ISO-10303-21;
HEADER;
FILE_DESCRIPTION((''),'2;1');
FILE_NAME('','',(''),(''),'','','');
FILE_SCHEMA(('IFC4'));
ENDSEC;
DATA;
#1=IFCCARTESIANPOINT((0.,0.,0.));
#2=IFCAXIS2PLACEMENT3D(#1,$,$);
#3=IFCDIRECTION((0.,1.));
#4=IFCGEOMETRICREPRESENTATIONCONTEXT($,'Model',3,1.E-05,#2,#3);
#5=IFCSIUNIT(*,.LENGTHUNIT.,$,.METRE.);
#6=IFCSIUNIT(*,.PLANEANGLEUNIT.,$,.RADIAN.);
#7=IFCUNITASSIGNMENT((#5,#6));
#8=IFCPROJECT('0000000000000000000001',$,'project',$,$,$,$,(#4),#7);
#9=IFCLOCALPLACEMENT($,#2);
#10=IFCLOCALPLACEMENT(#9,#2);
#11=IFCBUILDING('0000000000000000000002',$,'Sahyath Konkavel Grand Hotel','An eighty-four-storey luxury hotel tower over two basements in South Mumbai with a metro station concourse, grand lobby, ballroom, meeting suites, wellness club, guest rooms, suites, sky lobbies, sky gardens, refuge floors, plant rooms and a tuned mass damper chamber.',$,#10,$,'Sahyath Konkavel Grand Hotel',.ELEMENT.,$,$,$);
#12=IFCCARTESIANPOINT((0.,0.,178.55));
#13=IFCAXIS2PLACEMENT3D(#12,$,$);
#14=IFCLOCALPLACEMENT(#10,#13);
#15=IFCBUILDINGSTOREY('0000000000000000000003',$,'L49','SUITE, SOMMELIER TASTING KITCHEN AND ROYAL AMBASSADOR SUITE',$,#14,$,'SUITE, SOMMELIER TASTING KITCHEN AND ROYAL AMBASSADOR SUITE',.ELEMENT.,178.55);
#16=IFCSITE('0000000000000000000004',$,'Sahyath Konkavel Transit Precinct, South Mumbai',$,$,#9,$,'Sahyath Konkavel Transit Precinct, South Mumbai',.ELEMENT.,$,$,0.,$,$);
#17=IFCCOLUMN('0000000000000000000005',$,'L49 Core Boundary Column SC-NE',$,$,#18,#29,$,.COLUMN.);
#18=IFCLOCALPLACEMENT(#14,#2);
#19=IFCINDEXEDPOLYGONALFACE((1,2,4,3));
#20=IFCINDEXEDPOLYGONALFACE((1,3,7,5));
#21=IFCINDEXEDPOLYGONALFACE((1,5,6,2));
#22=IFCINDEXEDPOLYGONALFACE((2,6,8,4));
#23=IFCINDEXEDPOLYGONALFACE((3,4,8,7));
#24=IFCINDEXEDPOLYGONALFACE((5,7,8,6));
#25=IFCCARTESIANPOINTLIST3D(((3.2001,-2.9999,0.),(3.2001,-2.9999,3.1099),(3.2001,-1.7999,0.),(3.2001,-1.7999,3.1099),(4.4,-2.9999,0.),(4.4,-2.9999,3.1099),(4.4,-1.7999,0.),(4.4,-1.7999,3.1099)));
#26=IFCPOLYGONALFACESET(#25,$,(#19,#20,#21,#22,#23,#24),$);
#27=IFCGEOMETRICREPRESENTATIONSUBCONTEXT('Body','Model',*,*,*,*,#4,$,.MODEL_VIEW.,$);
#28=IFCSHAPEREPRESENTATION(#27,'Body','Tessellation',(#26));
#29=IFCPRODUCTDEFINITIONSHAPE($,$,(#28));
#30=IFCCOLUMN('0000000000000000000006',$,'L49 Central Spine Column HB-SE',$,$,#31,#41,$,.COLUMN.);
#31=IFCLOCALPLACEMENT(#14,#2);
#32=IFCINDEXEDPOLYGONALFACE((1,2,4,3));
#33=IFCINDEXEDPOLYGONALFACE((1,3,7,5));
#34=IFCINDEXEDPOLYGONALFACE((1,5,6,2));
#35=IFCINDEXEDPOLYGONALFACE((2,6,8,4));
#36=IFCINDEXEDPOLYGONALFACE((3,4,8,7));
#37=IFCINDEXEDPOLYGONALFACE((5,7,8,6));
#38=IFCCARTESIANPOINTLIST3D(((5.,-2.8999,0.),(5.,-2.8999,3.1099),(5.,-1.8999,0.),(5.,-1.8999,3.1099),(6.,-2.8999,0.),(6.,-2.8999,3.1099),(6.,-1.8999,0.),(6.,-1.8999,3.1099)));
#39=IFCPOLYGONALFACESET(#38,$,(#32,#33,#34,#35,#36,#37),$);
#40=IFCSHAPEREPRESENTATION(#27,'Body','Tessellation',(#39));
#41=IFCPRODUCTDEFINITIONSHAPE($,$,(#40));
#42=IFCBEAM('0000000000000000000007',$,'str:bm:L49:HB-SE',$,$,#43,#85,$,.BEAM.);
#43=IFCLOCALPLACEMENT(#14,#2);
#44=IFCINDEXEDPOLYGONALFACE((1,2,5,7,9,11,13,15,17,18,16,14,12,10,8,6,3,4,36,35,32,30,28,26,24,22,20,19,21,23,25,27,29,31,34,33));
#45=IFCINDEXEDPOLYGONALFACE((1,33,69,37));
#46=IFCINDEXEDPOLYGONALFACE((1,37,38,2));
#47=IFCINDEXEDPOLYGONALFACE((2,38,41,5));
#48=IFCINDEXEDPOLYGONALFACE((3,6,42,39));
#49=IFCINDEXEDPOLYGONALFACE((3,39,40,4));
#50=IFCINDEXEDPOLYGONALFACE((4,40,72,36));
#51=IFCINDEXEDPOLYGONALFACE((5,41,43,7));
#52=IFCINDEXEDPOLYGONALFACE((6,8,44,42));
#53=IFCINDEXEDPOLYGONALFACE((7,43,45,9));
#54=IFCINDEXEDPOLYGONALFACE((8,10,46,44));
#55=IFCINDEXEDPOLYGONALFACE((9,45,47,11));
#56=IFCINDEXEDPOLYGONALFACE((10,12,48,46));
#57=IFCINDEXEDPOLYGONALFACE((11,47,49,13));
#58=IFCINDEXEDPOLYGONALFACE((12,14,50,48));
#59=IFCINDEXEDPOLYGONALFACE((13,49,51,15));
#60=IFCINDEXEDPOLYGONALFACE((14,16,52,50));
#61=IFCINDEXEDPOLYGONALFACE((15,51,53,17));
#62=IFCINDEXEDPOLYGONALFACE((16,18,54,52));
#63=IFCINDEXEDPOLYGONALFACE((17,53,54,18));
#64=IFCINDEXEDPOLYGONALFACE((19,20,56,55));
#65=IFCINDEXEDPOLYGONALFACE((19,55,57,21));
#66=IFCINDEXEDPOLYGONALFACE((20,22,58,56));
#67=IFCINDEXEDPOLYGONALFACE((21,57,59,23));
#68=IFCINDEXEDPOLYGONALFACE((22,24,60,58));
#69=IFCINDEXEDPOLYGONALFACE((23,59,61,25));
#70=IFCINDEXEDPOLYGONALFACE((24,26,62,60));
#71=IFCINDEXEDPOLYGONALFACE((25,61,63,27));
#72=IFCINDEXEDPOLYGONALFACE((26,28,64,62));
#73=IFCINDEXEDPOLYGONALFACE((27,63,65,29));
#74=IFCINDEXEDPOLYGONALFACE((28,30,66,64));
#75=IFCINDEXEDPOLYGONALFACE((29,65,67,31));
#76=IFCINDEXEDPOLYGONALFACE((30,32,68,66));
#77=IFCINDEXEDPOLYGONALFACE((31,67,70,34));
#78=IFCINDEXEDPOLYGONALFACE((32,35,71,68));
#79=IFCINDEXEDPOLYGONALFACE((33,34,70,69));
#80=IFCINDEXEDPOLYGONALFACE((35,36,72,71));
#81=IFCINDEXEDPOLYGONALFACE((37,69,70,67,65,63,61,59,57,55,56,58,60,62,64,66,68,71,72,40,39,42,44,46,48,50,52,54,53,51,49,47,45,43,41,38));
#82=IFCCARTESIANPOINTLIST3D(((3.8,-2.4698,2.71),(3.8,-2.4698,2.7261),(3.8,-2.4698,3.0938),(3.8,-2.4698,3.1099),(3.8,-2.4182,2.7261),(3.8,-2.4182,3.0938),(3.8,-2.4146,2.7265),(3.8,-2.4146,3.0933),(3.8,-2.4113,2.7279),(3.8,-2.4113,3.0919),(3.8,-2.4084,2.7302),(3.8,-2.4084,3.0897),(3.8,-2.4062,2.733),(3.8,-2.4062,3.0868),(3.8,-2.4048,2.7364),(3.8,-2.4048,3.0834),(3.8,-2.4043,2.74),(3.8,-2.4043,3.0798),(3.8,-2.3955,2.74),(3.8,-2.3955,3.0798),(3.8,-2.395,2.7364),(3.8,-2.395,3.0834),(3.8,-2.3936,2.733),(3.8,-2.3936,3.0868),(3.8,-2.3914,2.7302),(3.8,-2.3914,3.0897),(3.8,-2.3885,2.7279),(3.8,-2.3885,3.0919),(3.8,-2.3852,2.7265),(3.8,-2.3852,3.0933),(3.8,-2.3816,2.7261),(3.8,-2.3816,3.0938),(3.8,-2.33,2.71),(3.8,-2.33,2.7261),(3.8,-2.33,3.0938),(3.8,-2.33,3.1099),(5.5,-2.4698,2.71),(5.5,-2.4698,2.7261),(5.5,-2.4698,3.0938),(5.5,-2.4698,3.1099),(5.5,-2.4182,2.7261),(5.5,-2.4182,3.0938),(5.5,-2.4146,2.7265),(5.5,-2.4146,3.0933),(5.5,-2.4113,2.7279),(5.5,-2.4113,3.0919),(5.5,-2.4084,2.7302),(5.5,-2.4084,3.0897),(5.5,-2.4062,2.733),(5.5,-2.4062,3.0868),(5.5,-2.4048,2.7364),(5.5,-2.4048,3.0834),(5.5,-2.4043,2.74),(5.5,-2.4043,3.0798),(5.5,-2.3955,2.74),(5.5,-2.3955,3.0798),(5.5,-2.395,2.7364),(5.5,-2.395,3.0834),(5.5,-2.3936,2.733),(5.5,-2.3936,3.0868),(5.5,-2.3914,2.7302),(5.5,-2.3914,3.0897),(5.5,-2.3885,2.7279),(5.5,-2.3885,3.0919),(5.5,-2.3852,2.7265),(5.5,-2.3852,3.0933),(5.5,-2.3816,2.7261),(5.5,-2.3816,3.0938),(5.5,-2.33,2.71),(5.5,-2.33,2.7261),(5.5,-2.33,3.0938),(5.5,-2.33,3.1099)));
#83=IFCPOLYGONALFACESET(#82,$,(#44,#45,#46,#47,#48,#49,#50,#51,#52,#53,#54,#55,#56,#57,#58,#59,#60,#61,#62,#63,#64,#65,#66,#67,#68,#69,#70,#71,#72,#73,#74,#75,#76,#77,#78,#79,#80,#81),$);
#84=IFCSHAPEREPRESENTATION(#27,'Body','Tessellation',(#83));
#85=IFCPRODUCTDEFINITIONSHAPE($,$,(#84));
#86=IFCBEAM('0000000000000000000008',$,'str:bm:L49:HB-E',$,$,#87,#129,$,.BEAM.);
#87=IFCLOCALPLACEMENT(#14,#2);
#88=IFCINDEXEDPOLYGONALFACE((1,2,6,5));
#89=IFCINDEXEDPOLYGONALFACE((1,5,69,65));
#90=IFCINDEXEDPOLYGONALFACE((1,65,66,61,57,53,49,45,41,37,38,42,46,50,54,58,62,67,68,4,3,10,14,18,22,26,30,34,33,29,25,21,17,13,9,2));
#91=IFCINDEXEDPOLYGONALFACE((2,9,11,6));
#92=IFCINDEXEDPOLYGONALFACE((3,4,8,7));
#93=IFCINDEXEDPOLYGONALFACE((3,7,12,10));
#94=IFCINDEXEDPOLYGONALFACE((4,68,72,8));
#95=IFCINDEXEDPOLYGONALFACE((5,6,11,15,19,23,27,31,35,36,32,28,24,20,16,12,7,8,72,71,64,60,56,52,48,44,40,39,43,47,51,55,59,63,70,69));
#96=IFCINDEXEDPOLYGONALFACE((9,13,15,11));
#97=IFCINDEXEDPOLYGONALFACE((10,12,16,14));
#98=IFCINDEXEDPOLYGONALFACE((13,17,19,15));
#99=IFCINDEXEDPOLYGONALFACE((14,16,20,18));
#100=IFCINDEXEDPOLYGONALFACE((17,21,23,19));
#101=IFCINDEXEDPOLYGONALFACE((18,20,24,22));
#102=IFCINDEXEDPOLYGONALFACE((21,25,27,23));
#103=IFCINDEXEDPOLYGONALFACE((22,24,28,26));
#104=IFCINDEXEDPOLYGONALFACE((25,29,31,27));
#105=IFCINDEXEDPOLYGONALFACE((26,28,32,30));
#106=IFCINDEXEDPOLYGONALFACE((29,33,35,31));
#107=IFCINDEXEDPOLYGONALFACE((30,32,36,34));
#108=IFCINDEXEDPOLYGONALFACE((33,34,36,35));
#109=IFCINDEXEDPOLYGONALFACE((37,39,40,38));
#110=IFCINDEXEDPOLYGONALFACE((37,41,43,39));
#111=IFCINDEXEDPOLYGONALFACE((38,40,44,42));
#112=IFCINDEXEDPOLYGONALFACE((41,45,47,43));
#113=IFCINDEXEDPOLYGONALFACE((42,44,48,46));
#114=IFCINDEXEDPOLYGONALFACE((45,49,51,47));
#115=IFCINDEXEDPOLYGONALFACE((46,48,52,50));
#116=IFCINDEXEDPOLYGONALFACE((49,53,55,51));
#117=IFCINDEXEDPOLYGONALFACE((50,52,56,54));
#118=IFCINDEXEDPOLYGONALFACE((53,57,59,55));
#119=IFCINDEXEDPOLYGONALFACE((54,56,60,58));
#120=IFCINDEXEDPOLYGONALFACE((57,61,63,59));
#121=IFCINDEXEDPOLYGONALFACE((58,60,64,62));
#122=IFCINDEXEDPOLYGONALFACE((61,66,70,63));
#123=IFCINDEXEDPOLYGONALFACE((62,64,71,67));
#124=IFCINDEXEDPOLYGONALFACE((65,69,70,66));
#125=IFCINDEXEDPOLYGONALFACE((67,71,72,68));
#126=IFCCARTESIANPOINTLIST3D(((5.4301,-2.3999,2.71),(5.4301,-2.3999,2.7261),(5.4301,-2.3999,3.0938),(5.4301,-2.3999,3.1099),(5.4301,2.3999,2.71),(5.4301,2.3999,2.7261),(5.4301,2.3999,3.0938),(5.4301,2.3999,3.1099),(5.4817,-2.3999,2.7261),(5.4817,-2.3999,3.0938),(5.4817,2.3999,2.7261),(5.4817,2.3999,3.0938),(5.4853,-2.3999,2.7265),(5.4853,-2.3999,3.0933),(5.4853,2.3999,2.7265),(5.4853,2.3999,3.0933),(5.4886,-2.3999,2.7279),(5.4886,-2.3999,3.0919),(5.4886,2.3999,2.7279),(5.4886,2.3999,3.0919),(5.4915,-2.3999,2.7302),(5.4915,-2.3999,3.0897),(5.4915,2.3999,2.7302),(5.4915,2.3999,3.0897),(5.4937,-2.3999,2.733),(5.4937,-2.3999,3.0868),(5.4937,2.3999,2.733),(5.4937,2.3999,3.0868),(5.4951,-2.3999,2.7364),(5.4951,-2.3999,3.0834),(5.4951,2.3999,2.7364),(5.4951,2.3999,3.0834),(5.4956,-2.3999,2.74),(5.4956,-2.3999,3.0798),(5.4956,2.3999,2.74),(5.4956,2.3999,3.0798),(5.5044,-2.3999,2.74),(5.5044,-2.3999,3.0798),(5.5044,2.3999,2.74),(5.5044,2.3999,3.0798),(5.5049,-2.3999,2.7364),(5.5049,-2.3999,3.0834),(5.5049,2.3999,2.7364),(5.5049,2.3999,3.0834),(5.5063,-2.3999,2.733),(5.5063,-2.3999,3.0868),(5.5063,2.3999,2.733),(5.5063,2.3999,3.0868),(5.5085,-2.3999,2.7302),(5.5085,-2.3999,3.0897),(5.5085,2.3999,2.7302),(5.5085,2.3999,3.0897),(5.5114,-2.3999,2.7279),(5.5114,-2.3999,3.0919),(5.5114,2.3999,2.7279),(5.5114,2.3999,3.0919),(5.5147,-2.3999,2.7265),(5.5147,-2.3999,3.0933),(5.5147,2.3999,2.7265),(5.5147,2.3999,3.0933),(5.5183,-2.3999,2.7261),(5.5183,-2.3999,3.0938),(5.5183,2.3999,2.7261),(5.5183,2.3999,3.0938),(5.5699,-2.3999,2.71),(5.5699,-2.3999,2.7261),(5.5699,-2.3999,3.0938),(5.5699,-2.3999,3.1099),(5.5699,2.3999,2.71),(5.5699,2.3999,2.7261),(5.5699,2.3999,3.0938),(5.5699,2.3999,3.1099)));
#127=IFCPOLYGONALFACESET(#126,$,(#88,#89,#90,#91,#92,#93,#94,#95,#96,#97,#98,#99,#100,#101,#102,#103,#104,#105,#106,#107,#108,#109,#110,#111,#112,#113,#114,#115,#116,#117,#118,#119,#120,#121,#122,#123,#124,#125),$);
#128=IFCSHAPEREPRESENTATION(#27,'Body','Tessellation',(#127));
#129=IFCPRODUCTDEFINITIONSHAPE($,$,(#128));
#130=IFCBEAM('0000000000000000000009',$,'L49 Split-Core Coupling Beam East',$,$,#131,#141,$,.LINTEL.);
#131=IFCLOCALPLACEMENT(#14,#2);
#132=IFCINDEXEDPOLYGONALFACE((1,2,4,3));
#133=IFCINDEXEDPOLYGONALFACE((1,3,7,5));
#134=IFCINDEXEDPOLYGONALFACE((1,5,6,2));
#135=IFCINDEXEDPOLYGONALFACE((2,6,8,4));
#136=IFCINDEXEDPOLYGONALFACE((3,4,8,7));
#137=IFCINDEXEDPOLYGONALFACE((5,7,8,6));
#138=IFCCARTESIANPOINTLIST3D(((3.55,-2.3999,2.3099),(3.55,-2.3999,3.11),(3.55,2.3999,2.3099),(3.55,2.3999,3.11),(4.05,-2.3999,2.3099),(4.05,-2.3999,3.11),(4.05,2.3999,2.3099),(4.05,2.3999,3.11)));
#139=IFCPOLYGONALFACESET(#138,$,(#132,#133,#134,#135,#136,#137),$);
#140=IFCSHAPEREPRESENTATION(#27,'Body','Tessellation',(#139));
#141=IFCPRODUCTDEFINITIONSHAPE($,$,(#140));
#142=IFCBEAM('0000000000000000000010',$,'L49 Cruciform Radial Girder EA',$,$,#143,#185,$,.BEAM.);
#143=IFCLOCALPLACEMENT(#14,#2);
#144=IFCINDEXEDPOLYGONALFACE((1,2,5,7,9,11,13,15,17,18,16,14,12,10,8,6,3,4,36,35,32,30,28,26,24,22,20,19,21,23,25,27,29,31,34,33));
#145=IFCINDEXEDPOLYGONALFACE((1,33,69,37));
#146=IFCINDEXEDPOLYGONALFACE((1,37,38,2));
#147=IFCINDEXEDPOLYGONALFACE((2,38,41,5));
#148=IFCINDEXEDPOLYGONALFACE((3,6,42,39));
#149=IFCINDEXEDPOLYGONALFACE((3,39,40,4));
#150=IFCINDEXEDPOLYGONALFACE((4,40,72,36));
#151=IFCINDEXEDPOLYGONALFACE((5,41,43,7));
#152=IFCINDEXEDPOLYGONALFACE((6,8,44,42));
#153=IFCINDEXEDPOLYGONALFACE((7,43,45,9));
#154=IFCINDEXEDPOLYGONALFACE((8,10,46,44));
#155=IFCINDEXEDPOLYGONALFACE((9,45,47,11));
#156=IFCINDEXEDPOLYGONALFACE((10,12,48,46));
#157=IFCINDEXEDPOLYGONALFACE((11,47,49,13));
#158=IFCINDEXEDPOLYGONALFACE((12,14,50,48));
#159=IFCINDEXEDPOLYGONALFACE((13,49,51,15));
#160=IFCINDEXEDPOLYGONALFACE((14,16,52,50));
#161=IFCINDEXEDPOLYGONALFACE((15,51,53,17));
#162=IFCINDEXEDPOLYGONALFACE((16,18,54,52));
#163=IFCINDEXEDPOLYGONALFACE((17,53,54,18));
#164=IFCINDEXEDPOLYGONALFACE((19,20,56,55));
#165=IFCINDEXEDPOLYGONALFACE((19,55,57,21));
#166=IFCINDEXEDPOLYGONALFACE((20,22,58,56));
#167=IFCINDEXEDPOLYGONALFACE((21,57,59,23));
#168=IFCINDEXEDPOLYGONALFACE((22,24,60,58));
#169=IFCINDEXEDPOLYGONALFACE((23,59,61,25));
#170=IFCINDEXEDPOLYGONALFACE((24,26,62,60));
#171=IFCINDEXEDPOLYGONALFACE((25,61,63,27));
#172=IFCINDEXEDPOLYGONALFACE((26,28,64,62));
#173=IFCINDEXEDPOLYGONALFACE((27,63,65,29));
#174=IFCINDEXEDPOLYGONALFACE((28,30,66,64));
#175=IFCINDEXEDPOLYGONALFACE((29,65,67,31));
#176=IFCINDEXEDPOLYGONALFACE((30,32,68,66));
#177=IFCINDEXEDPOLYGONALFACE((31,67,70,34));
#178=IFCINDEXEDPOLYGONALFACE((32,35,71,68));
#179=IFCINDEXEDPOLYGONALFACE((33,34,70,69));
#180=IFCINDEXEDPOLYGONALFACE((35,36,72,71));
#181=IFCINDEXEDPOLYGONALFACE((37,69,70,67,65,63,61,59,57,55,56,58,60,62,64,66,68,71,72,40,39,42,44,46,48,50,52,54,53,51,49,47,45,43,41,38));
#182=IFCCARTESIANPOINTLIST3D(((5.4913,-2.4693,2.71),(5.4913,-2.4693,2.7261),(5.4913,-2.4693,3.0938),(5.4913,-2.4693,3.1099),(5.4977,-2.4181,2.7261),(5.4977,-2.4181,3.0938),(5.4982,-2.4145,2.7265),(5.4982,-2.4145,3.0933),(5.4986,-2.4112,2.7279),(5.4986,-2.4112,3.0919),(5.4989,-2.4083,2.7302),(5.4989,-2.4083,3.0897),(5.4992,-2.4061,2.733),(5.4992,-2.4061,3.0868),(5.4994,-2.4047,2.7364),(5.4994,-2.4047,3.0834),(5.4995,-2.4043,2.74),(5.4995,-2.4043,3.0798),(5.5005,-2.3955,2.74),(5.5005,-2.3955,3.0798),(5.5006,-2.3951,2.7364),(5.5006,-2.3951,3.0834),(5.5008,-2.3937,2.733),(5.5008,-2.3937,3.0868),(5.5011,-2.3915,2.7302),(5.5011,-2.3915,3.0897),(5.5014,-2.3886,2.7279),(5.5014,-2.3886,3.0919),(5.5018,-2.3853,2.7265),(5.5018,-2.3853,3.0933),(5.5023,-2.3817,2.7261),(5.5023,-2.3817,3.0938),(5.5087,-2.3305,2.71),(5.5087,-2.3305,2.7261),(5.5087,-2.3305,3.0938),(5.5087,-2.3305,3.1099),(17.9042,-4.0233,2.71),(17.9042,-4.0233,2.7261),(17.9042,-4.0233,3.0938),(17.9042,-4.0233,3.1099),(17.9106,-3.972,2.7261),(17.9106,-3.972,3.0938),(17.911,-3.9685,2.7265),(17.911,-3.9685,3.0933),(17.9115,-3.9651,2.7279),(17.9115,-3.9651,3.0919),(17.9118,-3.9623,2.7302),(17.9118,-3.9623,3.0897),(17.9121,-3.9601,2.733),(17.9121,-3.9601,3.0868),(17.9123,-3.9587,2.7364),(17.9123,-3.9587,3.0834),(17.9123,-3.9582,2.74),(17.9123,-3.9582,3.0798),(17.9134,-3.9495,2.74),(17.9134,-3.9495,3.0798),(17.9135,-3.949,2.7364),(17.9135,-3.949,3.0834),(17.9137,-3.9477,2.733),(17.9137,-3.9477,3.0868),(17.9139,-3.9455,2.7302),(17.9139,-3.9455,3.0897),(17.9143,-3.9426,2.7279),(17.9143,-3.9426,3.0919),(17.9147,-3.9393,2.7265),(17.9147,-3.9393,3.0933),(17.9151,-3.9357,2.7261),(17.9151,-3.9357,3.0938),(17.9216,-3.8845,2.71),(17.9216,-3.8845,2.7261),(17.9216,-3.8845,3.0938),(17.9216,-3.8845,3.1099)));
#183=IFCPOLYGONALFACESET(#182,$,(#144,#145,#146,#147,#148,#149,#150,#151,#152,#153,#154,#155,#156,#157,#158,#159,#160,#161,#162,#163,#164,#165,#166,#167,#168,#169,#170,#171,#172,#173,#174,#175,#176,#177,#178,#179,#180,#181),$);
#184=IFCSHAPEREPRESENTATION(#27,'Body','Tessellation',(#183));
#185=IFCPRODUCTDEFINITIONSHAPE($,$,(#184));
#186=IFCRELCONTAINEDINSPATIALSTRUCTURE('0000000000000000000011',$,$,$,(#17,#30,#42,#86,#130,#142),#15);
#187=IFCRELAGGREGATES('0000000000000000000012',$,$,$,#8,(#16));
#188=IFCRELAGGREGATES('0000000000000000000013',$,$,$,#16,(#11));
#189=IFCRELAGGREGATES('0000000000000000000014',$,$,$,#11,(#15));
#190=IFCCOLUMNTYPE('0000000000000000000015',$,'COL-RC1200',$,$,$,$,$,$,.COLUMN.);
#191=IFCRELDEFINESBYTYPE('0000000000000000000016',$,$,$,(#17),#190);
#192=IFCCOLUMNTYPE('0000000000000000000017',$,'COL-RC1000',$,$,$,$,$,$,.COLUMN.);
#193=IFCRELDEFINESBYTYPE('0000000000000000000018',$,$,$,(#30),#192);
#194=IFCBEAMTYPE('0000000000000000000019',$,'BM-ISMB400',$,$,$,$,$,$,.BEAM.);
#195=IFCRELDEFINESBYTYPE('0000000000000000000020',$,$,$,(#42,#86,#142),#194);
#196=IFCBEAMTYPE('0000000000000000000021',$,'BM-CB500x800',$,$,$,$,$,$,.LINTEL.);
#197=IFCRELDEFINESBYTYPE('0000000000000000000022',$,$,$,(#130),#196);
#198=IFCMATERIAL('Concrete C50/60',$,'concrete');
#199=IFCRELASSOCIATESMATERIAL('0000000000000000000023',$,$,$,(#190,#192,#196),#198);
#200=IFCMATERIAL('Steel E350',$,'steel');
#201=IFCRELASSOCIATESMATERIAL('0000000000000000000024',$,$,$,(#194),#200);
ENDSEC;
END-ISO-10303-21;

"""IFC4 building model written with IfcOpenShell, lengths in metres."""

from ifc_helpers import new_model, si_unit, direction, frame, origin, origin_2d, place, context, subcontext, project, spatial, rectangle, i_section, extrude, source, transform, mapped, material, material_profile, profile_set, type_object, element, save


model = new_model("IFC4")

# Units and contexts
model_context = context("Model", 3, precision=1e-05, world=origin(), true_north=direction((0.0, 1.0)))
body_context = subcontext(model_context, "Body", "Model", "MODEL_VIEW")
ifc_project = project(units=[si_unit("LENGTHUNIT", "METRE"), si_unit("PLANEANGLEUNIT", "RADIAN")], contexts=[model_context])

# Site, building, storey
site_placement = place(None, origin())
site = spatial("IfcSite", under=ifc_project, at=site_placement, Name="Sahyath Konkavel Transit Precinct, South Mumbai", LongName="Sahyath Konkavel Transit Precinct, South Mumbai", CompositionType="ELEMENT", RefElevation=0.0)
building_placement = place(site_placement, origin())
building = spatial("IfcBuilding", under=site, at=building_placement, Name="Sahyath Konkavel Grand Hotel", Description="An eighty-four-storey luxury hotel tower over two basements in South Mumbai with a metro station concourse, grand lobby, ballroom, meeting suites, wellness club, guest rooms, suites, sky lobbies, sky gardens, refuge floors, plant rooms and a tuned mass damper chamber.", LongName="Sahyath Konkavel Grand Hotel", CompositionType="ELEMENT")
storey_placement = place(building_placement, frame((0.0, 0.0, 178.55)))
storey = spatial("IfcBuildingStorey", under=building, at=storey_placement, Name="L49", Description="SUITE, SOMMELIER TASTING KITCHEN AND ROYAL AMBASSADOR SUITE", LongName="SUITE, SOMMELIER TASTING KITCHEN AND ROYAL AMBASSADOR SUITE", CompositionType="ELEMENT", Elevation=178.55)

# Columns
ifc_material_1 = material(Name="Concrete C50/60", Category="concrete")
ifc_material_profile_1 = material_profile(ifc_material_1, rectangle(XDim=1.2, YDim=1.2, at=origin_2d()), Name="RC 1200x1200")
ifc_profile_set_1 = profile_set([ifc_material_profile_1], Name="Concrete C50/60")
column_type_1 = type_object("IfcColumnType", Name="COL-RC1200", PredefinedType="COLUMN", material=ifc_profile_set_1)
shared_shape_1 = source(origin(), body_context, "Body", "SweptSolid", [
    extrude(rectangle(XDim=1.2, YDim=1.2, at=origin_2d()), origin(), (0.0, 0.0, 1.0), 3.1099),
])
column_1_placement = place(storey_placement, frame((3.8, -2.3999, 0.0), z_axis=(0.0, 0.0, 1.0), x_axis=(1.0, 0.0, 0.0)))
element("IfcColumn", 1, at=column_1_placement, inside=storey, type_object=column_type_1, Name="L49 Core Boundary Column SC-NE", PredefinedType="COLUMN", context=body_context, shape_type="MappedRepresentation", body=[
    mapped(shared_shape_1, transform((0.0, 0.0, 0.0), scale=1.0)),
])
ifc_material_profile_2 = material_profile(ifc_material_1, rectangle(XDim=1.0, YDim=1.0, at=origin_2d()), Name="RC 1000x1000")
ifc_profile_set_2 = profile_set([ifc_material_profile_2], Name="Concrete C50/60")
column_type_2 = type_object("IfcColumnType", Name="COL-RC1000", PredefinedType="COLUMN", material=ifc_profile_set_2)
shared_shape_2 = source(origin(), body_context, "Body", "SweptSolid", [
    extrude(rectangle(XDim=1.0, YDim=1.0, at=origin_2d()), origin(), (0.0, 0.0, 1.0), 3.1099),
])
column_2_placement = place(storey_placement, frame((5.5, -2.3999, 0.0), z_axis=(0.0, 0.0, 1.0), x_axis=(1.0, 0.0, 0.0)))
element("IfcColumn", 2, at=column_2_placement, inside=storey, type_object=column_type_2, Name="L49 Central Spine Column HB-SE", PredefinedType="COLUMN", context=body_context, shape_type="MappedRepresentation", body=[
    mapped(shared_shape_2, transform((0.0, 0.0, 0.0), scale=1.0)),
])

# Beams
ifc_material_2 = material(Name="Steel E350", Category="steel")
ifc_material_profile_3 = material_profile(ifc_material_2, i_section(OverallWidth=0.1399, OverallDepth=0.3999, WebThickness=0.0088, FlangeThickness=0.0161, FilletRadius=0.0139, at=origin_2d()), Name="ISMB 400")
ifc_profile_set_3 = profile_set([ifc_material_profile_3], Name="Steel E350")
beam_type_1 = type_object("IfcBeamType", Name="BM-ISMB400", PredefinedType="BEAM", material=ifc_profile_set_3)
shared_shape_3 = source(origin(), body_context, "Body", "SweptSolid", [
    extrude(i_section(OverallWidth=0.1399, OverallDepth=0.3999, WebThickness=0.0088, FlangeThickness=0.0161, FilletRadius=0.0139, at=origin_2d()), origin(), (0.0, 0.0, 1.0), 1.7),
])
beam_1_placement = place(storey_placement, frame((3.8, -2.3999, 2.9099), z_axis=(1.0, 0.0, 0.0), x_axis=(0.0, 1.0, 0.0)))
element("IfcBeam", 3, at=beam_1_placement, inside=storey, type_object=beam_type_1, Name="str:bm:L49:HB-SE", PredefinedType="BEAM", context=body_context, shape_type="MappedRepresentation", body=[
    mapped(shared_shape_3, transform((0.0, 0.0, 0.0), scale=1.0)),
])
shared_shape_4 = source(origin(), body_context, "Body", "SweptSolid", [
    extrude(i_section(OverallWidth=0.1399, OverallDepth=0.3999, WebThickness=0.0088, FlangeThickness=0.0161, FilletRadius=0.0139, at=origin_2d()), origin(), (0.0, 0.0, 1.0), 4.7998),
])
beam_2_placement = place(storey_placement, frame((5.5, -2.3999, 2.9099), z_axis=(0.0, 1.0, 0.0), x_axis=(-1.0, 0.0, 0.0)))
element("IfcBeam", 4, at=beam_2_placement, inside=storey, type_object=beam_type_1, Name="str:bm:L49:HB-E", PredefinedType="BEAM", context=body_context, shape_type="MappedRepresentation", body=[
    mapped(shared_shape_4, transform((0.0, 0.0, 0.0), scale=1.0)),
])
ifc_material_profile_4 = material_profile(ifc_material_1, rectangle(XDim=0.5, YDim=0.8, at=origin_2d()), Name="RC 500x800")
ifc_profile_set_4 = profile_set([ifc_material_profile_4], Name="Concrete C50/60")
beam_type_2 = type_object("IfcBeamType", Name="BM-CB500x800", PredefinedType="LINTEL", material=ifc_profile_set_4)
shared_shape_5 = source(origin(), body_context, "Body", "SweptSolid", [
    extrude(rectangle(XDim=0.5, YDim=0.8, at=origin_2d()), origin(), (0.0, 0.0, 1.0), 4.7998),
])
beam_3_placement = place(storey_placement, frame((3.8, -2.3999, 2.71), z_axis=(0.0, 1.0, 0.0), x_axis=(-1.0, 0.0, 0.0)))
element("IfcBeam", 5, at=beam_3_placement, inside=storey, type_object=beam_type_2, Name="L49 Split-Core Coupling Beam East", PredefinedType="LINTEL", context=body_context, shape_type="MappedRepresentation", body=[
    mapped(shared_shape_5, transform((0.0, 0.0, 0.0), scale=1.0)),
])
shared_shape_6 = source(origin(), body_context, "Body", "SweptSolid", [
    extrude(i_section(OverallWidth=0.1399, OverallDepth=0.3999, WebThickness=0.0088, FlangeThickness=0.0161, FilletRadius=0.0139, at=origin_2d()), origin(), (0.0, 0.0, 1.0), 12.5098),
])
beam_4_placement = place(storey_placement, frame((5.5, -2.3999, 2.9099), z_axis=(0.992255, -0.12422, 0.0), x_axis=(0.12422, 0.992255, 0.0)))
element("IfcBeam", 6, at=beam_4_placement, inside=storey, type_object=beam_type_1, Name="L49 Cruciform Radial Girder EA", PredefinedType="BEAM", context=body_context, shape_type="MappedRepresentation", body=[
    mapped(shared_shape_6, transform((0.0, 0.0, 0.0), scale=1.0)),
])

save(model, "model.ifc")
